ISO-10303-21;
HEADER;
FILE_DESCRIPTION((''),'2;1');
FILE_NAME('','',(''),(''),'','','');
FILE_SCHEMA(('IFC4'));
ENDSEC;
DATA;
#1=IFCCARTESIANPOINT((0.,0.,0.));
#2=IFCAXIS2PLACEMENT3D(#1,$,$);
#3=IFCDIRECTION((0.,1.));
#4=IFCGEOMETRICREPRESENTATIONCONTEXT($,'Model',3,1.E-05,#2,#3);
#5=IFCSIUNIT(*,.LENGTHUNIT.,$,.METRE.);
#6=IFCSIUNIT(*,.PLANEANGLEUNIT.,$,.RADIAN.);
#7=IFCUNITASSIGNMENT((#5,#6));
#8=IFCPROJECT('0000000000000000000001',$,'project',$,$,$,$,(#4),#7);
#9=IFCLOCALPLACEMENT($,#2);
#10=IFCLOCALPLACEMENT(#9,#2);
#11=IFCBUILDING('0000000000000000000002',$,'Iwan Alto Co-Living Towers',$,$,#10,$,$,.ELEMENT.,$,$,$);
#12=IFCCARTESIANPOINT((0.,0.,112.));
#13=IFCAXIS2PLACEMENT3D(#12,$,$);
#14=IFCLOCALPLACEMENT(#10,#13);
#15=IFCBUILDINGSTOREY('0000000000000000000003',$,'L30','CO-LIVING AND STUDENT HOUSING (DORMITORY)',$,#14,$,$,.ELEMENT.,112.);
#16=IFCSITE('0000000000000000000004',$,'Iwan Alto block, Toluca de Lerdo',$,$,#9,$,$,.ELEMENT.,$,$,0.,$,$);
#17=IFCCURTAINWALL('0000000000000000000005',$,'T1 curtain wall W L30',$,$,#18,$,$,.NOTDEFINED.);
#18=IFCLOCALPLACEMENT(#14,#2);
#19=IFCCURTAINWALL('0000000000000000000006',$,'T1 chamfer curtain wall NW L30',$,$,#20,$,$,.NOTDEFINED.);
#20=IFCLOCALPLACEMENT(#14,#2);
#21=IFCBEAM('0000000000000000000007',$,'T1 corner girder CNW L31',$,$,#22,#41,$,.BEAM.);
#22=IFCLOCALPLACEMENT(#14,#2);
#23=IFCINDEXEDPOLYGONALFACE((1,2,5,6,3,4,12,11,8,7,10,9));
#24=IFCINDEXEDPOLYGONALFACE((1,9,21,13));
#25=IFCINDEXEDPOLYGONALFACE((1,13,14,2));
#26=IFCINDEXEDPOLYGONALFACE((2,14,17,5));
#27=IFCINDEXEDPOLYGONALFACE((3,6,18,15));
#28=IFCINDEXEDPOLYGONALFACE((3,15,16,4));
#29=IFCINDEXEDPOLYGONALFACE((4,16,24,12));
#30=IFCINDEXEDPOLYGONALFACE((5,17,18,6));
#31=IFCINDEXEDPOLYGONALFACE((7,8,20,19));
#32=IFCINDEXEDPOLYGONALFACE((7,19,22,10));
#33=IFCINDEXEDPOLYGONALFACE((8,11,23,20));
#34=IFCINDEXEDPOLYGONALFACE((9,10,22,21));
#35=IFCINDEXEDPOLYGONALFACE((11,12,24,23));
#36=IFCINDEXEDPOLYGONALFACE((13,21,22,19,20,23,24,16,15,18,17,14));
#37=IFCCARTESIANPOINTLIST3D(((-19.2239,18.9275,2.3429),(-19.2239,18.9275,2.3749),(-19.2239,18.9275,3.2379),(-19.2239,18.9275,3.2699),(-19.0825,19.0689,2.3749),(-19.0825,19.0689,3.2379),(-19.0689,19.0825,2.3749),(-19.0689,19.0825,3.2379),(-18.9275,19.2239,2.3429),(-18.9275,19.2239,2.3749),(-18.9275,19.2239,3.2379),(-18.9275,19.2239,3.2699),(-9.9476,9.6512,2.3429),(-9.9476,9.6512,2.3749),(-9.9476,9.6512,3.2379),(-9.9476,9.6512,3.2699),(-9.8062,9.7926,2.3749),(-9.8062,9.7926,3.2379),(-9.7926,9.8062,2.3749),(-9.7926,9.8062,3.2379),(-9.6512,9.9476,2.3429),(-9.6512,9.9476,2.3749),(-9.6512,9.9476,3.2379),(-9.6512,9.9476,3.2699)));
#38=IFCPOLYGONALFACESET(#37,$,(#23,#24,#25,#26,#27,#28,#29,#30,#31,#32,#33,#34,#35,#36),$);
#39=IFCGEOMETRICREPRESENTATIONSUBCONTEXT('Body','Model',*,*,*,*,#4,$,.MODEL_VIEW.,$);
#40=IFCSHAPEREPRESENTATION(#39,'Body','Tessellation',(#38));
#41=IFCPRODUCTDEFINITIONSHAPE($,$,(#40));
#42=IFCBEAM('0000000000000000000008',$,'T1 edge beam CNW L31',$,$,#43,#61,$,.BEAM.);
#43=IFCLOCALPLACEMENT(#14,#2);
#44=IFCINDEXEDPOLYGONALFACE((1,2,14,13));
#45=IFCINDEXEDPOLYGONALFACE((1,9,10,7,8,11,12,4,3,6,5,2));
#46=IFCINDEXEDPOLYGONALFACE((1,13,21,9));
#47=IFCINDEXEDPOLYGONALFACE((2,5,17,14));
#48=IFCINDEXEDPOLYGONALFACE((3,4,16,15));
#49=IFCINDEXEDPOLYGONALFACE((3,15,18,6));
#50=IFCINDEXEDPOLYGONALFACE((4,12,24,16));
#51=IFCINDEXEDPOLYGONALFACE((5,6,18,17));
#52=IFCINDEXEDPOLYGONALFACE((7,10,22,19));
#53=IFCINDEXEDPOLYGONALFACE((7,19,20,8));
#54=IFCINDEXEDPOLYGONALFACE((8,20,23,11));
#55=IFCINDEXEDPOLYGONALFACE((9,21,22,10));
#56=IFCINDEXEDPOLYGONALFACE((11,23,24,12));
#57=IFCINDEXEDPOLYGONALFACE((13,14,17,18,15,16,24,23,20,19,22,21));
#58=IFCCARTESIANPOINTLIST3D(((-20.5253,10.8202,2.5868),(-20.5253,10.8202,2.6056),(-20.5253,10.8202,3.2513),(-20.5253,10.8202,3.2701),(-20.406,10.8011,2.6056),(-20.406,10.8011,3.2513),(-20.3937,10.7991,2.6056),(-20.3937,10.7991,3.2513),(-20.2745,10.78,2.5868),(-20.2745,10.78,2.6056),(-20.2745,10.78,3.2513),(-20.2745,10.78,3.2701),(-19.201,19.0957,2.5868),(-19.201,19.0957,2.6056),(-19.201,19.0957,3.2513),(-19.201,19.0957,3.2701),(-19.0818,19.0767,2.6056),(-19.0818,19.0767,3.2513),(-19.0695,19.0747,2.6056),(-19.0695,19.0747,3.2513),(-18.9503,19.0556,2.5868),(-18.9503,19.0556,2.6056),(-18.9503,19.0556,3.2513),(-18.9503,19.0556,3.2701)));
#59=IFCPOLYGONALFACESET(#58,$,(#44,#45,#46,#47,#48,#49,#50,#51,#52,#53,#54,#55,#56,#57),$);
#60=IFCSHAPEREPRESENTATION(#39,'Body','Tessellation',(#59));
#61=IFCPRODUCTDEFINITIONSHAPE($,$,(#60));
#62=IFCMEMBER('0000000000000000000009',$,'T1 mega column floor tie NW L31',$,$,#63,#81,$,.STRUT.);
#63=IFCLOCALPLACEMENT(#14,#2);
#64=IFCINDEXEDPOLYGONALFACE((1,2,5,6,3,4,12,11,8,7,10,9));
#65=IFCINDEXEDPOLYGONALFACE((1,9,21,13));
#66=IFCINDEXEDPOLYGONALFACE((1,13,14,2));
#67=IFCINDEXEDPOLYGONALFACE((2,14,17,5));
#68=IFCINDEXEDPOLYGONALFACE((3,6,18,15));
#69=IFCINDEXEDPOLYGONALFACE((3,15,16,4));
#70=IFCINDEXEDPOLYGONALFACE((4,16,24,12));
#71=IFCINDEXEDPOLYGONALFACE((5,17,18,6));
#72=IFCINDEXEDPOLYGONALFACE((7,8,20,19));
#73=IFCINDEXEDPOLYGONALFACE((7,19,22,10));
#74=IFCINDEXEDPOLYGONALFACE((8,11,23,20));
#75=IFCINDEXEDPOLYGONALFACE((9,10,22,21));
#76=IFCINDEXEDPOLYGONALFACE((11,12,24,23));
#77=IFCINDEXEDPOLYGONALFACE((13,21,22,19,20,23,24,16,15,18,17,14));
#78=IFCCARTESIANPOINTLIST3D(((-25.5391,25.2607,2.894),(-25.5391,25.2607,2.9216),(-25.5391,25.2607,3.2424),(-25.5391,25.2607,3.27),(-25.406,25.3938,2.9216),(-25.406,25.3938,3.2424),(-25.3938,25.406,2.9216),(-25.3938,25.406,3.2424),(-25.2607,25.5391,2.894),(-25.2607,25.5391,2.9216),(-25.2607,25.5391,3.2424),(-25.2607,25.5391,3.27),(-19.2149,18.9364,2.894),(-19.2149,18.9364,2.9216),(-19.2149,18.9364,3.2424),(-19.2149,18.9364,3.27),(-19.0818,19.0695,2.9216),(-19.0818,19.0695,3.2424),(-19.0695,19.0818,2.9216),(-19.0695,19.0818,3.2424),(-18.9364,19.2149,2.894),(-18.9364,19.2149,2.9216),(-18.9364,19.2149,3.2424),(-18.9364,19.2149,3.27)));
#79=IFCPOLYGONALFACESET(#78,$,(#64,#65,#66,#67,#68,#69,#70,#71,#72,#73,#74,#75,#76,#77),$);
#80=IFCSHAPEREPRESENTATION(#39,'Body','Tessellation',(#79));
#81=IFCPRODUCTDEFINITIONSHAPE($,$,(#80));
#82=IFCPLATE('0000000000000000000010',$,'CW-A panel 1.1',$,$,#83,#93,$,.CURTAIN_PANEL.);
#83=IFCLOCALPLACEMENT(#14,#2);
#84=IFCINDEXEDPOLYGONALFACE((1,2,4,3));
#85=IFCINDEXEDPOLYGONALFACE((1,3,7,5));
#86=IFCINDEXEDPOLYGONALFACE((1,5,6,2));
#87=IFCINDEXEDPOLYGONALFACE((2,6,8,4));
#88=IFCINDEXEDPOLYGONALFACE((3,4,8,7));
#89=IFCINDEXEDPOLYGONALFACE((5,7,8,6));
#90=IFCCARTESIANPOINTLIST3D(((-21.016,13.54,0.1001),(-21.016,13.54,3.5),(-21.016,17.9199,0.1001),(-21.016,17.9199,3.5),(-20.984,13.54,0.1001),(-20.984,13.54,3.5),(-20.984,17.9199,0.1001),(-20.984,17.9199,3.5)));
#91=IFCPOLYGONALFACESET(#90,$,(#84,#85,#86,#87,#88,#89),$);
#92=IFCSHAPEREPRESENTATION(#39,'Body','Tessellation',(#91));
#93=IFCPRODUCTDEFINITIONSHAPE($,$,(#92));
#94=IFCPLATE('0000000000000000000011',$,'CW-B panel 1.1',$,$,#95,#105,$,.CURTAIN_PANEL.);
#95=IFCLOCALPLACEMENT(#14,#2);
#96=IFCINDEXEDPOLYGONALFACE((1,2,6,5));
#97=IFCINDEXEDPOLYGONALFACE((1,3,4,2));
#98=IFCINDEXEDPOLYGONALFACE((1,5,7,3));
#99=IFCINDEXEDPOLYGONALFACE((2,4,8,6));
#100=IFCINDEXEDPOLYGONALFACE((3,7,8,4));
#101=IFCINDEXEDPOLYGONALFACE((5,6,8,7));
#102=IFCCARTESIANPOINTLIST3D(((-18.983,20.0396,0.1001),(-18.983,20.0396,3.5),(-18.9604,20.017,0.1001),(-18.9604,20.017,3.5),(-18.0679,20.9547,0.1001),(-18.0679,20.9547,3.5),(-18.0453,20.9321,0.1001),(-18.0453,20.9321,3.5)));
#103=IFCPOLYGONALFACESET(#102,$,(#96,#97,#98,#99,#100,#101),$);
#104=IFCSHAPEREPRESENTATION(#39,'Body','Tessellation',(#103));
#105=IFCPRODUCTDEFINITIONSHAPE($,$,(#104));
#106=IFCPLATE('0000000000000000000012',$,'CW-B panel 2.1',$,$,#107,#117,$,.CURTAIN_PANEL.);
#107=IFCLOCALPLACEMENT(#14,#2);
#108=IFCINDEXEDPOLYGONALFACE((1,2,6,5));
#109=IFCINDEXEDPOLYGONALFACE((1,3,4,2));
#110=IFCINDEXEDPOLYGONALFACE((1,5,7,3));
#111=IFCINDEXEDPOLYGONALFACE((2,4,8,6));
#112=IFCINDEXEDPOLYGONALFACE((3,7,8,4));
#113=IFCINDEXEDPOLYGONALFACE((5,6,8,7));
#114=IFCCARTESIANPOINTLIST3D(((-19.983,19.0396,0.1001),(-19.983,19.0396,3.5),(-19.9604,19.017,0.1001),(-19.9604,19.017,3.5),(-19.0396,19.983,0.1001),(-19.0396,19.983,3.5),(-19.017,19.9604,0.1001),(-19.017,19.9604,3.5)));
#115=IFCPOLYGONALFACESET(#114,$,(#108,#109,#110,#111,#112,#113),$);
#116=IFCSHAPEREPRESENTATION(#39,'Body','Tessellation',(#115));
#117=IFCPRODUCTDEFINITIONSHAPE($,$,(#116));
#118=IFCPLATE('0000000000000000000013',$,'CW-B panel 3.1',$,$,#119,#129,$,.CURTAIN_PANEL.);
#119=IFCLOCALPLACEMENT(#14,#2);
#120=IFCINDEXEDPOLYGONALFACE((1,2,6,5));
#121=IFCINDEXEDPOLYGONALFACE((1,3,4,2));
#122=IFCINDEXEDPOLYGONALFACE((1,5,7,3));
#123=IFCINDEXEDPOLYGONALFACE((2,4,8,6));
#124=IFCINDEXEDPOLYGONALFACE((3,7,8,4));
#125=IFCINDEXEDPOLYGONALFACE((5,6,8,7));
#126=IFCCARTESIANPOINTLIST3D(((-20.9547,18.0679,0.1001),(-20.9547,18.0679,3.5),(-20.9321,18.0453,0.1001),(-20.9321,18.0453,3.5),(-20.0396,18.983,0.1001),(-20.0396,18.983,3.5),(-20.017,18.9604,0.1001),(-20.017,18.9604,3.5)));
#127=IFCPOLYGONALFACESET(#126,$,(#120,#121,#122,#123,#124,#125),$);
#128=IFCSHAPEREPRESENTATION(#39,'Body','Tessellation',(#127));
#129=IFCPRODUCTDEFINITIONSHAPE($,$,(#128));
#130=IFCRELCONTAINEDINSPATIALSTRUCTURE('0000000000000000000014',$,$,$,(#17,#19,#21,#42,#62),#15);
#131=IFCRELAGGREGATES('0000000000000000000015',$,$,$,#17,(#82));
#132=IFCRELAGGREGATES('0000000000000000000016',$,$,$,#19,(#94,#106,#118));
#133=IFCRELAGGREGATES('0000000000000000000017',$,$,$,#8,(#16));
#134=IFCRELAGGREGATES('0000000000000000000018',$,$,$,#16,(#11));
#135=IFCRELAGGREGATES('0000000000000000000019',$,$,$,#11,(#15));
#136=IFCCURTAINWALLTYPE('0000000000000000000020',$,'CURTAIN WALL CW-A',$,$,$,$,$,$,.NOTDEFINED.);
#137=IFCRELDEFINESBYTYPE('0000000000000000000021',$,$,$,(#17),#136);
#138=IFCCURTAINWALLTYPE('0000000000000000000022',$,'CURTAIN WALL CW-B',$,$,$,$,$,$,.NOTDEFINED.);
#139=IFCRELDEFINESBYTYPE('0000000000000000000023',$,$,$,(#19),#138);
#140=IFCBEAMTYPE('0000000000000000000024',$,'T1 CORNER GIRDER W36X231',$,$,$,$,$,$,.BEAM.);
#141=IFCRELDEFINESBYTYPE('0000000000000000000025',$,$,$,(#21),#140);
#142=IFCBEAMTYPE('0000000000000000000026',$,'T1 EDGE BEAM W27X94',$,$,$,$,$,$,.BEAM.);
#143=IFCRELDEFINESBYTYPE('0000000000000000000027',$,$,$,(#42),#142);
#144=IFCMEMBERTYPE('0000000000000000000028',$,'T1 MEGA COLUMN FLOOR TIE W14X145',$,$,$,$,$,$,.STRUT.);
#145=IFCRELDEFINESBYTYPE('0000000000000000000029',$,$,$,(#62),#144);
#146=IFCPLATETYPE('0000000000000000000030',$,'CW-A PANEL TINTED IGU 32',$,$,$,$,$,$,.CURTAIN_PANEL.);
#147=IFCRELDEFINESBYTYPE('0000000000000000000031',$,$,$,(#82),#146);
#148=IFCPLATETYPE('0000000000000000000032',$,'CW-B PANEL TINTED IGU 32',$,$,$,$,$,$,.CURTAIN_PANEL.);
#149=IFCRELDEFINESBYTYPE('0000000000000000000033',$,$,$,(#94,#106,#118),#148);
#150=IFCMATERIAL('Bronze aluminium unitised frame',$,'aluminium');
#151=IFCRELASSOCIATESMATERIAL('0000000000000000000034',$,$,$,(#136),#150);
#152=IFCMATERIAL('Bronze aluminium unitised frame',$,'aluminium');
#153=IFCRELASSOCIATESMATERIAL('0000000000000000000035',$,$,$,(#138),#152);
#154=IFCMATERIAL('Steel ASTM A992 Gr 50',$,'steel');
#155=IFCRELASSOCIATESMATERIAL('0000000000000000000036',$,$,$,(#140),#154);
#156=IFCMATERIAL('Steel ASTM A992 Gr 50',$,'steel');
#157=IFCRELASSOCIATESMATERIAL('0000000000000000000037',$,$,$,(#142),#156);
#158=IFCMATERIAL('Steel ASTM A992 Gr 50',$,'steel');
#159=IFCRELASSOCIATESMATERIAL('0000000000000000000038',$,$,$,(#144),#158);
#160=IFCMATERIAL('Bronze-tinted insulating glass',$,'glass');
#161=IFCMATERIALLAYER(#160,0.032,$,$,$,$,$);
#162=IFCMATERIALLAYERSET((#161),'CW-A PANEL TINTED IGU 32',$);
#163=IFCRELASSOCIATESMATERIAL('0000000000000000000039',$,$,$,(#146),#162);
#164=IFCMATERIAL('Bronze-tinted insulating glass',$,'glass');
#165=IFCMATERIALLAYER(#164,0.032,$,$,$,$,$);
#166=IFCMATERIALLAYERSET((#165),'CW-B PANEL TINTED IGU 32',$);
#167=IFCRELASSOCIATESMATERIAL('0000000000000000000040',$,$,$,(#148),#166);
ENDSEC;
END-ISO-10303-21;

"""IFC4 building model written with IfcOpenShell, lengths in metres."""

from ifc_helpers import new_model, si_unit, direction, frame, origin, origin_2d, place, context, subcontext, project, spatial, rectangle, i_section, extrude, material, layer, layer_set, material_profile, profile_set, type_object, element, aggregate, save


model = new_model("IFC4")

# Units and contexts
model_context = context("Model", 3, precision=1e-05, world=origin(), true_north=direction((0.0, 1.0)))
body_context = subcontext(model_context, "Body", "Model", "MODEL_VIEW")
ifc_project = project(units=[si_unit("LENGTHUNIT", "METRE"), si_unit("PLANEANGLEUNIT", "RADIAN")], contexts=[model_context])

# Site, building, storey
site_placement = place(None, origin())
site = spatial("IfcSite", under=ifc_project, at=site_placement, Name="Iwan Alto block, Toluca de Lerdo", CompositionType="ELEMENT", RefElevation=0.0)
building_placement = place(site_placement, origin())
building = spatial("IfcBuilding", under=site, at=building_placement, Name="Iwan Alto Co-Living Towers", CompositionType="ELEMENT")
storey_placement = place(building_placement, frame((0.0, 0.0, 112.0)))
storey = spatial("IfcBuildingStorey", under=building, at=storey_placement, Name="L30", Description="CO-LIVING AND STUDENT HOUSING (DORMITORY)", CompositionType="ELEMENT", Elevation=112.0)

# Shared definitions
ifc_material_1 = material(Name="Bronze aluminium unitised frame", Category="aluminium")
curtain_wall_type_1 = type_object("IfcCurtainWallType", Name="CURTAIN WALL CW-A", PredefinedType="NOTDEFINED", material=ifc_material_1)

# Curtain walls
curtain_wall_1_placement = place(storey_placement, origin())
curtain_wall_1 = element("IfcCurtainWall", 1, at=curtain_wall_1_placement, inside=storey, type_object=curtain_wall_type_1, Name="T1 curtain wall W L30", PredefinedType="NOTDEFINED")
ifc_material_2 = material(Name="Bronze aluminium unitised frame", Category="aluminium")
curtain_wall_type_2 = type_object("IfcCurtainWallType", Name="CURTAIN WALL CW-B", PredefinedType="NOTDEFINED", material=ifc_material_2)
curtain_wall_2_placement = place(storey_placement, origin())
curtain_wall_2 = element("IfcCurtainWall", 2, at=curtain_wall_2_placement, inside=storey, type_object=curtain_wall_type_2, Name="T1 chamfer curtain wall NW L30", PredefinedType="NOTDEFINED")

# Beams
ifc_material_3 = material(Name="Steel ASTM A992 Gr 50", Category="steel")
ifc_material_profile_1 = material_profile(ifc_material_3, i_section(OverallWidth=0.4192, OverallDepth=0.927, WebThickness=0.0193, FlangeThickness=0.032, at=origin_2d()), Name="W36X231")
ifc_profile_set_1 = profile_set([ifc_material_profile_1], Name="Steel ASTM A992 Gr 50")
beam_type_1 = type_object("IfcBeamType", Name="T1 CORNER GIRDER W36X231", PredefinedType="BEAM", material=ifc_profile_set_1)
beam_1_placement = place(storey_placement, frame((-19.0757, 19.0757, 2.8064), z_axis=(0.707107, -0.707107, 0.0), x_axis=(0.707107, 0.707107, 0.0)))
element("IfcBeam", 3, at=beam_1_placement, inside=storey, type_object=beam_type_1, Name="T1 corner girder CNW L31", PredefinedType="BEAM", context=body_context, shape_type="SweptSolid", body=[
    extrude(i_section(OverallWidth=0.4192, OverallDepth=0.927, WebThickness=0.0193, FlangeThickness=0.032, at=origin_2d()), origin(), (0.0, 0.0, 1.0), 13.1187),
])
ifc_material_4 = material(Name="Steel ASTM A992 Gr 50", Category="steel")
ifc_material_profile_2 = material_profile(ifc_material_4, i_section(OverallWidth=0.2539, OverallDepth=0.6833, WebThickness=0.0125, FlangeThickness=0.0188, at=origin_2d()), Name="W27X94")
ifc_profile_set_2 = profile_set([ifc_material_profile_2], Name="Steel ASTM A992 Gr 50")
beam_type_2 = type_object("IfcBeamType", Name="T1 EDGE BEAM W27X94", PredefinedType="BEAM", material=ifc_profile_set_2)
beam_2_placement = place(storey_placement, frame((-19.0757, 19.0757, 2.9285), z_axis=(-0.158004, -0.987438, 0.0), x_axis=(0.987438, -0.158004, 0.0)))
element("IfcBeam", 4, at=beam_2_placement, inside=storey, type_object=beam_type_2, Name="T1 edge beam CNW L31", PredefinedType="BEAM", context=body_context, shape_type="SweptSolid", body=[
    extrude(i_section(OverallWidth=0.2539, OverallDepth=0.6833, WebThickness=0.0125, FlangeThickness=0.0188, at=origin_2d()), origin(), (0.0, 0.0, 1.0), 8.3809),
])

# Member
ifc_material_5 = material(Name="Steel ASTM A992 Gr 50", Category="steel")
ifc_material_profile_3 = material_profile(ifc_material_5, i_section(OverallWidth=0.3938, OverallDepth=0.376, WebThickness=0.0173, FlangeThickness=0.0276, at=origin_2d()), Name="W14X145")
ifc_profile_set_3 = profile_set([ifc_material_profile_3], Name="Steel ASTM A992 Gr 50")
member_type_1 = type_object("IfcMemberType", Name="T1 MEGA COLUMN FLOOR TIE W14X145", PredefinedType="STRUT", material=ifc_profile_set_3)
member_1_placement = place(storey_placement, frame((-25.3999, 25.3999, 3.082), z_axis=(0.707107, -0.707107, 0.0), x_axis=(0.707107, 0.707107, 0.0)))
element("IfcMember", 5, at=member_1_placement, inside=storey, type_object=member_type_1, Name="T1 mega column floor tie NW L31", PredefinedType="STRUT", context=body_context, shape_type="SweptSolid", body=[
    extrude(i_section(OverallWidth=0.3938, OverallDepth=0.376, WebThickness=0.0173, FlangeThickness=0.0276, at=origin_2d()), origin(), (0.0, 0.0, 1.0), 8.9438),
])

# Plates
ifc_material_6 = material(Name="Bronze-tinted insulating glass", Category="glass")
ifc_layer_1 = layer(ifc_material_6, 0.032)
ifc_layer_set_1 = layer_set([ifc_layer_1], Name="CW-A PANEL TINTED IGU 32")
plate_type_1 = type_object("IfcPlateType", Name="CW-A PANEL TINTED IGU 32", PredefinedType="CURTAIN_PANEL", material=ifc_layer_set_1)
plate_1_placement = place(storey_placement, frame((-21.0, 15.73, 0.1001), z_axis=(0.0, 0.0, 1.0), x_axis=(0.0, -1.0, 0.0)))
plate_1 = element("IfcPlate", 6, at=plate_1_placement, type_object=plate_type_1, Name="CW-A panel 1.1", PredefinedType="CURTAIN_PANEL", context=body_context, shape_type="SweptSolid", body=[
    extrude(rectangle(XDim=4.3799, YDim=0.032, at=origin_2d()), origin(), (0.0, 0.0, 1.0), 3.3999),
])
aggregate(curtain_wall_1, [plate_1])
ifc_material_7 = material(Name="Bronze-tinted insulating glass", Category="glass")
ifc_layer_2 = layer(ifc_material_7, 0.032)
ifc_layer_set_2 = layer_set([ifc_layer_2], Name="CW-B PANEL TINTED IGU 32")
plate_type_2 = type_object("IfcPlateType", Name="CW-B PANEL TINTED IGU 32", PredefinedType="CURTAIN_PANEL", material=ifc_layer_set_2)
plate_2_placement = place(storey_placement, frame((-18.5142, 20.4858, 0.1001), z_axis=(0.0, 0.0, 1.0), x_axis=(-0.707107, -0.707107, 0.0)))
plate_2 = element("IfcPlate", 7, at=plate_2_placement, type_object=plate_type_2, Name="CW-B panel 1.1", PredefinedType="CURTAIN_PANEL", context=body_context, shape_type="SweptSolid", body=[
    extrude(rectangle(XDim=1.2942, YDim=0.032, at=origin_2d()), origin(), (0.0, 0.0, 1.0), 3.3999),
])
plate_3_placement = place(storey_placement, frame((-19.5, 19.5, 0.1001), z_axis=(0.0, 0.0, 1.0), x_axis=(-0.707107, -0.707107, 0.0)))
plate_3 = element("IfcPlate", 8, at=plate_3_placement, type_object=plate_type_2, Name="CW-B panel 2.1", PredefinedType="CURTAIN_PANEL", context=body_context, shape_type="SweptSolid", body=[
    extrude(rectangle(XDim=1.3342, YDim=0.032, at=origin_2d()), origin(), (0.0, 0.0, 1.0), 3.3999),
])
plate_4_placement = place(storey_placement, frame((-20.4858, 18.5142, 0.1001), z_axis=(0.0, 0.0, 1.0), x_axis=(-0.707107, -0.707107, 0.0)))
plate_4 = element("IfcPlate", 9, at=plate_4_placement, type_object=plate_type_2, Name="CW-B panel 3.1", PredefinedType="CURTAIN_PANEL", context=body_context, shape_type="SweptSolid", body=[
    extrude(rectangle(XDim=1.2942, YDim=0.032, at=origin_2d()), origin(), (0.0, 0.0, 1.0), 3.3999),
])
aggregate(curtain_wall_2, [plate_2, plate_3, plate_4])

save(model, "model.ifc")
